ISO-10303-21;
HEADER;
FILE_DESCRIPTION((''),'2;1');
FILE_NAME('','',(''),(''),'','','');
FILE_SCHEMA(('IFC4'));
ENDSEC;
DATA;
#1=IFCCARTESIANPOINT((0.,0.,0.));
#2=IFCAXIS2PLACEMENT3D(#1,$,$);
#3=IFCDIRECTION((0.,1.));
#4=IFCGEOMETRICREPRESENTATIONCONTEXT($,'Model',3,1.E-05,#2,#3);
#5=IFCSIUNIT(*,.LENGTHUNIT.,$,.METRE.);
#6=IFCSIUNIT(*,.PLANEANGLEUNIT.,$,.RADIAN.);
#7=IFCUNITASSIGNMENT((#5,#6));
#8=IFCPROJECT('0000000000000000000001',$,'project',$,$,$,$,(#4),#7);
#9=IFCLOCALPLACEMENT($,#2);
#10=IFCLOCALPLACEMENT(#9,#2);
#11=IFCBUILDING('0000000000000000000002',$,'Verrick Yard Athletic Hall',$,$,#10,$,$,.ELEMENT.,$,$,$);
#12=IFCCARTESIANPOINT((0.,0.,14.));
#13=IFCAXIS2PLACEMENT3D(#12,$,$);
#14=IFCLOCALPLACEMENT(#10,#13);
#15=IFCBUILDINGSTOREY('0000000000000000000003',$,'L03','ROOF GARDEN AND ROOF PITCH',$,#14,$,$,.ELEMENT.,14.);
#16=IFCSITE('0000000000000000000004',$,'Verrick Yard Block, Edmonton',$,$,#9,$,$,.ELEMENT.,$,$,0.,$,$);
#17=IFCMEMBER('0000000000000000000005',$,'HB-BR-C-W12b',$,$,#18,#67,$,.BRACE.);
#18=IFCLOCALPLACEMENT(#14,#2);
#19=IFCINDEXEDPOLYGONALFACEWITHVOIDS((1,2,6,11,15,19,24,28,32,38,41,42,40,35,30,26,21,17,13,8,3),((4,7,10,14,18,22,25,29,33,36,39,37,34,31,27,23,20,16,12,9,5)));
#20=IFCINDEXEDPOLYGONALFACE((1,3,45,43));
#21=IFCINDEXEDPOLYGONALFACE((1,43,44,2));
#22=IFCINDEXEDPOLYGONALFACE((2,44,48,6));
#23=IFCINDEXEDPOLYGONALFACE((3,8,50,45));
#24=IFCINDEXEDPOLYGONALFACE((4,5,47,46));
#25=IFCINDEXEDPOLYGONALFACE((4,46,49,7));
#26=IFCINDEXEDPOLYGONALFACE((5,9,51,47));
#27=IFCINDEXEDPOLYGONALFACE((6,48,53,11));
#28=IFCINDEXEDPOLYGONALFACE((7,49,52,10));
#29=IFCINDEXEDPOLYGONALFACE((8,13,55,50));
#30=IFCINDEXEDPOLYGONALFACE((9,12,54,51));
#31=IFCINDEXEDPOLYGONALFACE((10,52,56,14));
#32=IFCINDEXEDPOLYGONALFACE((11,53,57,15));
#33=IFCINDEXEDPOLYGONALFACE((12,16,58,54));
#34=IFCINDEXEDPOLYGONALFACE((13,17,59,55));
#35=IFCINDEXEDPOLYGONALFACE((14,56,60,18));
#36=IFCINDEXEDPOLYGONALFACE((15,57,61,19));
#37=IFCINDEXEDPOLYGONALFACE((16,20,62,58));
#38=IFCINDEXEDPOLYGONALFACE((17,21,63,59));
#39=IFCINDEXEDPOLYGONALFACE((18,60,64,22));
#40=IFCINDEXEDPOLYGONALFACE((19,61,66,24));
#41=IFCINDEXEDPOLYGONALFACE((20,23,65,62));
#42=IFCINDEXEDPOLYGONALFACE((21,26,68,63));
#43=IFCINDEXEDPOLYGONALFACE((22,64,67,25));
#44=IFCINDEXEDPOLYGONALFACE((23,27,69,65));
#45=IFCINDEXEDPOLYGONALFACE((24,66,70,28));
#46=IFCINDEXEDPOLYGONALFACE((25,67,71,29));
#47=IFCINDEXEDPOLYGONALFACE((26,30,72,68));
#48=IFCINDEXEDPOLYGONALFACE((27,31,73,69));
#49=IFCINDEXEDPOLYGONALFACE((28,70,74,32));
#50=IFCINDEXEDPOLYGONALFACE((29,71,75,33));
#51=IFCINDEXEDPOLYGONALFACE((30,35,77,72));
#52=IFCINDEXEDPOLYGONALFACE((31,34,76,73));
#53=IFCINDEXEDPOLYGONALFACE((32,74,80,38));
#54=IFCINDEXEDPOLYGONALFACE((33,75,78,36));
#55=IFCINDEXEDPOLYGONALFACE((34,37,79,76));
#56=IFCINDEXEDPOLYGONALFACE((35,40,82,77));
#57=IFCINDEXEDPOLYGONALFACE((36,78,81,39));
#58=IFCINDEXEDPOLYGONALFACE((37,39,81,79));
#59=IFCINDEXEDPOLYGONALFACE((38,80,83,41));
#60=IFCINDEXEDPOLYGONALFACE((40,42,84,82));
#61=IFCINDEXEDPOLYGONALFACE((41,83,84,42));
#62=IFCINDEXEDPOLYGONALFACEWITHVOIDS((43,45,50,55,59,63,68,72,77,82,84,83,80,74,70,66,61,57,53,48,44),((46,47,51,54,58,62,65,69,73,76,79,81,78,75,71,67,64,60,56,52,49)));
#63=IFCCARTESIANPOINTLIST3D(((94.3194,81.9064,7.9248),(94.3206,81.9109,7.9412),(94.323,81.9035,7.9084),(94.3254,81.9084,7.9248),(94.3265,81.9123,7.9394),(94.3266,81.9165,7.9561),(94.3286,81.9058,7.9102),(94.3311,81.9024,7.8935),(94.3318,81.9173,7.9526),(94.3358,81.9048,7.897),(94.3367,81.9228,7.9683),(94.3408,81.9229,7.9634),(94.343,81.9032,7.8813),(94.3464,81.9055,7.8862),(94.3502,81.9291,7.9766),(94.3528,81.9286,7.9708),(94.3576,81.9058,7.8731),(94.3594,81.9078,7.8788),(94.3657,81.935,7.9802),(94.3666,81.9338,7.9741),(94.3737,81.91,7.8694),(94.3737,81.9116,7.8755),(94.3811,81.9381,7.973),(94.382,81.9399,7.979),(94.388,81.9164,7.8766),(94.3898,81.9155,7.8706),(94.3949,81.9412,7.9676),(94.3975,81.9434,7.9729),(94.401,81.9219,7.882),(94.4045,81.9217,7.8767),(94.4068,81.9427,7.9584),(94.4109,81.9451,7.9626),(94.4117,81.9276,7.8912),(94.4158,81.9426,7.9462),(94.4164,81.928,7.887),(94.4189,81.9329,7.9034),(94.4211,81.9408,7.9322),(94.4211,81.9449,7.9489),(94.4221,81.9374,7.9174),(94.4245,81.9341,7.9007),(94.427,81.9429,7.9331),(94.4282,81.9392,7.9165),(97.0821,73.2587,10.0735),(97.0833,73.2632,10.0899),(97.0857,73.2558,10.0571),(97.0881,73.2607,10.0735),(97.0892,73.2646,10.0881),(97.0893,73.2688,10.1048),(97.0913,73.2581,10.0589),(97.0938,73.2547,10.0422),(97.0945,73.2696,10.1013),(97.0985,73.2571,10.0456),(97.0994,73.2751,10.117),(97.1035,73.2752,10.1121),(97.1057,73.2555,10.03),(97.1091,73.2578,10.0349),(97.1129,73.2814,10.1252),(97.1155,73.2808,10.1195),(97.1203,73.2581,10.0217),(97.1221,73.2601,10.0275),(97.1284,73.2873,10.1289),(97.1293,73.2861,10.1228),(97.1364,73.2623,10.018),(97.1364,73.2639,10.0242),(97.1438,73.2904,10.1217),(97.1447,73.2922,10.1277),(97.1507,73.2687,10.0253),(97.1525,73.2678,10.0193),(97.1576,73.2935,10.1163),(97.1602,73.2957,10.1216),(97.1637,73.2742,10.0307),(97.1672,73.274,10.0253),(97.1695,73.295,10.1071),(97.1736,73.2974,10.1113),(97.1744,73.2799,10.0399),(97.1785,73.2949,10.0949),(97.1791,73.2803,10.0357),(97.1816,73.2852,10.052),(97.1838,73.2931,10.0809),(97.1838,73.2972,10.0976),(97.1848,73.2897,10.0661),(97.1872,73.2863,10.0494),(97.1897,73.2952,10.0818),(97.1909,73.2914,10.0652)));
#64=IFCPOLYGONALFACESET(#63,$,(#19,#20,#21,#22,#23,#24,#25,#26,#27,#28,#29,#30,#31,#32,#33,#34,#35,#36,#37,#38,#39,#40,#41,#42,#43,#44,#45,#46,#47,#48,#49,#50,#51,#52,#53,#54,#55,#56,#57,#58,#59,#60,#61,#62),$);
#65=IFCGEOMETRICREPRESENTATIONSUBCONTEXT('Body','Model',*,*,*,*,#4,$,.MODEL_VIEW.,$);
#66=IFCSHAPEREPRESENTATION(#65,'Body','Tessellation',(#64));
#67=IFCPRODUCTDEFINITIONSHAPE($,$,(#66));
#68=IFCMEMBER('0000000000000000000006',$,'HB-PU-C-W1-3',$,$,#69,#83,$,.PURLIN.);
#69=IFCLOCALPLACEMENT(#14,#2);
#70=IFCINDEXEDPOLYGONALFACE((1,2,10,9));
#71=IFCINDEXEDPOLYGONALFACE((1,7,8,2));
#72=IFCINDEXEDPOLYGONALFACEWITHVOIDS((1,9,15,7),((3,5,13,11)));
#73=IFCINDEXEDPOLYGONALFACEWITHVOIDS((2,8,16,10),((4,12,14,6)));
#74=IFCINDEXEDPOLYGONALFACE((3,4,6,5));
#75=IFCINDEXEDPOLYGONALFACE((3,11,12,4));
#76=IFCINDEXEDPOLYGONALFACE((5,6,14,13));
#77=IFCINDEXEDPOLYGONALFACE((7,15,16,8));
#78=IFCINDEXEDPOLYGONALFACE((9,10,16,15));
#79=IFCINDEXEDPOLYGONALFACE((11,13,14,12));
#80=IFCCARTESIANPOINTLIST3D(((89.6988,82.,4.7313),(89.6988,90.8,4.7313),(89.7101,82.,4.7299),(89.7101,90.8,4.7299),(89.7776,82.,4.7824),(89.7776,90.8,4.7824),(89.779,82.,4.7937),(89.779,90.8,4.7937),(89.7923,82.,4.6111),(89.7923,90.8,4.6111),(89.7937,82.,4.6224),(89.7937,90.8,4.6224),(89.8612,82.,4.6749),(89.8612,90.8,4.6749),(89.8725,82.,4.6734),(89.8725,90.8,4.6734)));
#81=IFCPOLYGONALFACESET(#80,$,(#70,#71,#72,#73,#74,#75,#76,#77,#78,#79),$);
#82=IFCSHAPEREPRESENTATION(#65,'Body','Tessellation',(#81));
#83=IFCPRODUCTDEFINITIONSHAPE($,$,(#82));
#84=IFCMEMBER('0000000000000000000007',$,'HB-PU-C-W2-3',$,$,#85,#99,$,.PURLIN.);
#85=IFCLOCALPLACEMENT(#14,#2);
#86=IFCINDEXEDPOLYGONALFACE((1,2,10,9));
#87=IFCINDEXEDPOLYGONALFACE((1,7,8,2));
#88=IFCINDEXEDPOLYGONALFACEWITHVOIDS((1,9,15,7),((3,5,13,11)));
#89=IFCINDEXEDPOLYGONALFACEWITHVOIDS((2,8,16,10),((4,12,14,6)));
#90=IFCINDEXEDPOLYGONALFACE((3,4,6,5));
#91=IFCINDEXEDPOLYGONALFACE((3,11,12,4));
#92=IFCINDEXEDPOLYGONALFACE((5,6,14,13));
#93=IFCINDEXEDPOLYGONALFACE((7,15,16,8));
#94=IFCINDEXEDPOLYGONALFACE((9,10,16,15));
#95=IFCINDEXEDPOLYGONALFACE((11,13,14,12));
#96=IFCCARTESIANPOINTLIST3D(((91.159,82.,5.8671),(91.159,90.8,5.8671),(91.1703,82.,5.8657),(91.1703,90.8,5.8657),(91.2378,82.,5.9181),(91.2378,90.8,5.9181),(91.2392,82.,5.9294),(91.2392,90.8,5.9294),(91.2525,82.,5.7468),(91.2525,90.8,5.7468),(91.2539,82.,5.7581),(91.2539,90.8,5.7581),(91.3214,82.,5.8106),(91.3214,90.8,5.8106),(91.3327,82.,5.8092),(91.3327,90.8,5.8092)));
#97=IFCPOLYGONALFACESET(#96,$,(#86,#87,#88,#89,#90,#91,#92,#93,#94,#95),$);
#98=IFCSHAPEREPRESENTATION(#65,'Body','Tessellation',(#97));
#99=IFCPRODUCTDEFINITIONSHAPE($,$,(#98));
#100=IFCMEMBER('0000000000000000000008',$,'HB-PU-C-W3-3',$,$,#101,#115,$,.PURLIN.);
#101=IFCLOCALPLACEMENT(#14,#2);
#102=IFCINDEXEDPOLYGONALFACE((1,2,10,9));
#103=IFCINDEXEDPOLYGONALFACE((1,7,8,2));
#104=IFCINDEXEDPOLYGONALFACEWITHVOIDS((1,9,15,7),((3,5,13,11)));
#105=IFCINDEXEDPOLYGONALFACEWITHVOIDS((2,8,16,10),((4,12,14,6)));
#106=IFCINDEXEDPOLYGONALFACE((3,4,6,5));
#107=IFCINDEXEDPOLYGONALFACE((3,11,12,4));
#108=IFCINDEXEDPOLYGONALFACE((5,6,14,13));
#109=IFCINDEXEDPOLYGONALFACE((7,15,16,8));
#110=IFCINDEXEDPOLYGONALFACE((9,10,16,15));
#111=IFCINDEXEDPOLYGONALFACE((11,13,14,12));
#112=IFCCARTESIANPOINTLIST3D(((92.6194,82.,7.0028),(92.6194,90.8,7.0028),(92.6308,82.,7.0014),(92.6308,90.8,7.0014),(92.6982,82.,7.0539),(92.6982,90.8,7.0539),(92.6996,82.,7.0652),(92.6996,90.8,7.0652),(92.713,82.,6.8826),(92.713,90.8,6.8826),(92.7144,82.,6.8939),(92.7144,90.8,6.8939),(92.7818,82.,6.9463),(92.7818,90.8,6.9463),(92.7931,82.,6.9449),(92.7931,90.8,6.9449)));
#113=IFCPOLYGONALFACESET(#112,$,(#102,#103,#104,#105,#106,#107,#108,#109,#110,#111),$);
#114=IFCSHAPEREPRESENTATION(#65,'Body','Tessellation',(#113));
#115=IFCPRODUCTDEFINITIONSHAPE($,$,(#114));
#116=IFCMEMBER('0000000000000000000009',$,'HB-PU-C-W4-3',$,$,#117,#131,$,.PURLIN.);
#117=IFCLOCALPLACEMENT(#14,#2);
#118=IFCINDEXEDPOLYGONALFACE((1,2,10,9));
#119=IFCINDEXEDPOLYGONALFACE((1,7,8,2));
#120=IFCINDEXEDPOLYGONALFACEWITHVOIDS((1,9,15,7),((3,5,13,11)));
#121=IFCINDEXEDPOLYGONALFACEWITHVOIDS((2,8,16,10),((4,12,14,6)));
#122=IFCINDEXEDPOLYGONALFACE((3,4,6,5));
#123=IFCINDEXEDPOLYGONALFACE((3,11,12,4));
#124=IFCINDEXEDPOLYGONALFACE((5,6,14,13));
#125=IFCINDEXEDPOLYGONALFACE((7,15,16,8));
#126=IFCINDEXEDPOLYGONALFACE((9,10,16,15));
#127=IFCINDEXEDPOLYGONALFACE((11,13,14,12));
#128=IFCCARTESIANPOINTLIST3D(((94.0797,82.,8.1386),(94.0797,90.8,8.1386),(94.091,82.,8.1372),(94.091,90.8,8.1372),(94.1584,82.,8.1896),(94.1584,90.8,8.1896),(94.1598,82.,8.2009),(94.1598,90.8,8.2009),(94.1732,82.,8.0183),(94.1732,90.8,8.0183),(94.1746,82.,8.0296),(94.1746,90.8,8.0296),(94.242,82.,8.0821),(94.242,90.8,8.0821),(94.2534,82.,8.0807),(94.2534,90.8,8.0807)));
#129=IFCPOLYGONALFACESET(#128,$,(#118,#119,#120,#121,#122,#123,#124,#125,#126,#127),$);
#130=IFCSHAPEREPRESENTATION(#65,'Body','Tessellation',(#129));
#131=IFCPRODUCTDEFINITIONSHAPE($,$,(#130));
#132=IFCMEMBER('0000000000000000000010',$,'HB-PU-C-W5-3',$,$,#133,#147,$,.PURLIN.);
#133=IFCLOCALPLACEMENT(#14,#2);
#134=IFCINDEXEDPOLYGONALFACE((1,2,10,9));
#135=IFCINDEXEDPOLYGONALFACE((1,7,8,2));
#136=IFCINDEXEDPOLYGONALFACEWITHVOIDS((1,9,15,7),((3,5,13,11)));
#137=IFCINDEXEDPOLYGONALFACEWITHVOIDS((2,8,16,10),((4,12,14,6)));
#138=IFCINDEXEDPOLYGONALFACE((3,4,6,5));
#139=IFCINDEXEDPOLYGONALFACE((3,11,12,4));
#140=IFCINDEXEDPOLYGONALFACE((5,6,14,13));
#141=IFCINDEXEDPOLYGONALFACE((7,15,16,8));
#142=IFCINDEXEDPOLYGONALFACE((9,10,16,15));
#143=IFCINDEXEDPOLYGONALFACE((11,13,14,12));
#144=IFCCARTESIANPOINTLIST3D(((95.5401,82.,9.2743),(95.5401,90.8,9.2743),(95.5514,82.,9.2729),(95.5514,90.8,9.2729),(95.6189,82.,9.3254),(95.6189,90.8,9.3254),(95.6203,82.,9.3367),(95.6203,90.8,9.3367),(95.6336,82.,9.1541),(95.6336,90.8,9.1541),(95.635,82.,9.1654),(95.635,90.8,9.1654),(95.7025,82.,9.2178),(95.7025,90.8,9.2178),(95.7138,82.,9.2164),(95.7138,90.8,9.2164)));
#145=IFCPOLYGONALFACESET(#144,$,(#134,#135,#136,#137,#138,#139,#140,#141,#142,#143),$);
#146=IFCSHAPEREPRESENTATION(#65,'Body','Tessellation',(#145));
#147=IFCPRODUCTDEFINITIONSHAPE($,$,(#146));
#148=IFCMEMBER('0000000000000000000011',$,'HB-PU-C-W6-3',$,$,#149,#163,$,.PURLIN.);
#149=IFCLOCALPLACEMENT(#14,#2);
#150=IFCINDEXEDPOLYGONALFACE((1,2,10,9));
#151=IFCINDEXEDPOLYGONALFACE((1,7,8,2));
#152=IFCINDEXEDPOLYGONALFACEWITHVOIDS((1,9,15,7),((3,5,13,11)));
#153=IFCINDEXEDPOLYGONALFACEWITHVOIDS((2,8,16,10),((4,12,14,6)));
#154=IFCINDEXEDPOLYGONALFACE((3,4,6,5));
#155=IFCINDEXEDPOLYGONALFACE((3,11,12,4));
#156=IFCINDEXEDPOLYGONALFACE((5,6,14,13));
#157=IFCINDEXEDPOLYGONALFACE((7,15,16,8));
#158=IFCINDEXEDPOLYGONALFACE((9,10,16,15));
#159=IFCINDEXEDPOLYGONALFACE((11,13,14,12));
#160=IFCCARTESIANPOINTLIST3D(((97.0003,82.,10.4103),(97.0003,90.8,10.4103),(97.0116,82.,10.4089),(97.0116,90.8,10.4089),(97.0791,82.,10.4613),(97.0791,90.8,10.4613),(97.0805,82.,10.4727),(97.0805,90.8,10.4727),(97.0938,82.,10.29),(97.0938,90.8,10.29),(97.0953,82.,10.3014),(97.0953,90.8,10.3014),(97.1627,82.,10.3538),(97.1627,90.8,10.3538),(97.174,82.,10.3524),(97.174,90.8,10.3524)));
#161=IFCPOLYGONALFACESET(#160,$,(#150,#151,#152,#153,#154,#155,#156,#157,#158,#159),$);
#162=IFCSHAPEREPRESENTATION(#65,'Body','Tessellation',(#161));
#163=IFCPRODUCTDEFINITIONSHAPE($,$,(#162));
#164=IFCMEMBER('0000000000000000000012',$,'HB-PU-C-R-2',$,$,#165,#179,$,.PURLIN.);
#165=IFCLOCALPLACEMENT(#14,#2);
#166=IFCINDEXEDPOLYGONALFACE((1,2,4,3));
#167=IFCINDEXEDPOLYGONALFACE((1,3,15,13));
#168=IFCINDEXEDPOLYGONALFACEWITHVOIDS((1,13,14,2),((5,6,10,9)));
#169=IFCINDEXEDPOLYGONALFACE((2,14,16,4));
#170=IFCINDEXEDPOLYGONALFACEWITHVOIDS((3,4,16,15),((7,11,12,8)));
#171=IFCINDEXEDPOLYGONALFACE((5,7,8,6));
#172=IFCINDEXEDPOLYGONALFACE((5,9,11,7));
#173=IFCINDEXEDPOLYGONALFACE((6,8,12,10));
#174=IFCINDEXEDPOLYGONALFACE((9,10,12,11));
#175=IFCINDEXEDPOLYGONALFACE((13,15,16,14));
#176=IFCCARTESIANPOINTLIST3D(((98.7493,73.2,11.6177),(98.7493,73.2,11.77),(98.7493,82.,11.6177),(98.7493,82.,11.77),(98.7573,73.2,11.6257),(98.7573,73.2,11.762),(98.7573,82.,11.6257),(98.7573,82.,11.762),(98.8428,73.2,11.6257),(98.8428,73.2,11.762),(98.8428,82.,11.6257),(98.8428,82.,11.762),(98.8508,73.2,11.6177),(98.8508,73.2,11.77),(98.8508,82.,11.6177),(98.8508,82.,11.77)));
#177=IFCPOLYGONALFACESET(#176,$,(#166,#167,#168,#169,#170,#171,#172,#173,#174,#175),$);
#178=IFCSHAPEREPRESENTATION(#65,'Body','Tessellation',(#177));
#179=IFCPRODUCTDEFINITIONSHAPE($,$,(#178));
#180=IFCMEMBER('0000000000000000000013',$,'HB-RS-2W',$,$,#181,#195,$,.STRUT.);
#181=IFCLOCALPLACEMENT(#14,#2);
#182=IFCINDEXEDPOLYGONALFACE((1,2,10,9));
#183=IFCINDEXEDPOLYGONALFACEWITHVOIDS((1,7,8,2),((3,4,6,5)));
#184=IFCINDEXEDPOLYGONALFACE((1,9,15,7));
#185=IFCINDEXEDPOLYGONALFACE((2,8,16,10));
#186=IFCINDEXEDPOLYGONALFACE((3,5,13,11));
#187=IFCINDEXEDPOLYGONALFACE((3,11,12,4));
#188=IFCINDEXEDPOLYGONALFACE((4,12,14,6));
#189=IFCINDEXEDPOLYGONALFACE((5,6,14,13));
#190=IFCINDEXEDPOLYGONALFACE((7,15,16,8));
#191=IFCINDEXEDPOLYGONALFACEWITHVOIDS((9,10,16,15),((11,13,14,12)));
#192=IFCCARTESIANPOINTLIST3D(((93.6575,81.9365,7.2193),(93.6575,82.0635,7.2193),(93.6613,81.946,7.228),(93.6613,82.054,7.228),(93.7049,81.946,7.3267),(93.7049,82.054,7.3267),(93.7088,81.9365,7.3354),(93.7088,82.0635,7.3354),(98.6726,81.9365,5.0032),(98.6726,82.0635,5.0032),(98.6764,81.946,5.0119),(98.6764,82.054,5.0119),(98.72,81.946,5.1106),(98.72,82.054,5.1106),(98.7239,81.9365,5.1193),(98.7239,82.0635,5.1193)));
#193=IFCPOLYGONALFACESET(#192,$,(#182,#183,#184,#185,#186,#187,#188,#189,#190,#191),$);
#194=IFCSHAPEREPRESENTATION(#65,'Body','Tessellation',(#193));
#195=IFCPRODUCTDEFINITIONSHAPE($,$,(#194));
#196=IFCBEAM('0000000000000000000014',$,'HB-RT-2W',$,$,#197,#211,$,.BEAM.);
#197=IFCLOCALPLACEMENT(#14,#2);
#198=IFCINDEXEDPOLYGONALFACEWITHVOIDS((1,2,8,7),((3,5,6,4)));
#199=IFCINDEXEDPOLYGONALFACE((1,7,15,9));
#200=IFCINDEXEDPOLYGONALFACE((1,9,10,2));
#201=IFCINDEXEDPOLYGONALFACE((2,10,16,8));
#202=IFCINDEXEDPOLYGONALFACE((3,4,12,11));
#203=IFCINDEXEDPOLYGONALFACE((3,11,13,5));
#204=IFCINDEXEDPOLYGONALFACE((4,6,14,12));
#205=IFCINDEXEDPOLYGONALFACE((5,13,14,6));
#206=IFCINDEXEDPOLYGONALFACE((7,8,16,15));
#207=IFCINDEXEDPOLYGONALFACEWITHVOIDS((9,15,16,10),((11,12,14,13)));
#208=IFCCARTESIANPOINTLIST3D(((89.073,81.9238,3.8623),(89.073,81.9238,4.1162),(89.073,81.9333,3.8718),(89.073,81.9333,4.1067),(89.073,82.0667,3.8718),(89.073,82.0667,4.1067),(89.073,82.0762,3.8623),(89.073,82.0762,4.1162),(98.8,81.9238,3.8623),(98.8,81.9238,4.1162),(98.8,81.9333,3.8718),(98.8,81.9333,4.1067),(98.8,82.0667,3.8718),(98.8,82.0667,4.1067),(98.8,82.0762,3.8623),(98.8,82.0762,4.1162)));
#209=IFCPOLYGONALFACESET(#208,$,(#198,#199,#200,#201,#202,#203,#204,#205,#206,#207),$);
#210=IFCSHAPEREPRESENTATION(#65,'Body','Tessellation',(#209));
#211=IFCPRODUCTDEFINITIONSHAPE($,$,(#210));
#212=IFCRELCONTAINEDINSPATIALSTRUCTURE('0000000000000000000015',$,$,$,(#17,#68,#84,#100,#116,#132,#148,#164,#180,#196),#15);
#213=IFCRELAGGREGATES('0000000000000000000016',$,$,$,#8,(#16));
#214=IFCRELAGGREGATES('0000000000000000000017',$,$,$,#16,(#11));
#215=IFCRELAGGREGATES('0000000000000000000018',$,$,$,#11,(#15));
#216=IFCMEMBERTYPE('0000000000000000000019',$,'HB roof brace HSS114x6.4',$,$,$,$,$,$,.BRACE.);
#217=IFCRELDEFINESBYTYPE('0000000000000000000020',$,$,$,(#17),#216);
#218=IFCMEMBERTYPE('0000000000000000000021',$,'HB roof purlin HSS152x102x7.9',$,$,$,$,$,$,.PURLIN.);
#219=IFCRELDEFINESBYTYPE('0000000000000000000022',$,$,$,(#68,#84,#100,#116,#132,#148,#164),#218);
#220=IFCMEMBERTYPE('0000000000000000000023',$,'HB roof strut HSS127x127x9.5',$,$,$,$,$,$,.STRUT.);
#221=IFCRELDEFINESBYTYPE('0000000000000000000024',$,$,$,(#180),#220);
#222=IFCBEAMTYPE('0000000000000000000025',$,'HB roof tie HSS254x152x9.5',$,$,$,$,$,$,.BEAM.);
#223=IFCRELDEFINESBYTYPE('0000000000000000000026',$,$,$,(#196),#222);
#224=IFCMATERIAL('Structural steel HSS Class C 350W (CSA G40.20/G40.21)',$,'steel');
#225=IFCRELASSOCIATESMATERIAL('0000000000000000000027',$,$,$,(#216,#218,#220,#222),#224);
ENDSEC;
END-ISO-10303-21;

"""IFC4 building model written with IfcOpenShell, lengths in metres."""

from ifc_helpers import new_model, si_unit, direction, frame, origin, origin_2d, place, context, subcontext, project, spatial, hollow_rectangle, hollow_circle, extrude, material, material_profile, profile_set, type_object, element, save


model = new_model("IFC4")

# Units and contexts
model_context = context("Model", 3, precision=1e-05, world=origin(), true_north=direction((0.0, 1.0)))
body_context = subcontext(model_context, "Body", "Model", "MODEL_VIEW")
ifc_project = project(units=[si_unit("LENGTHUNIT", "METRE"), si_unit("PLANEANGLEUNIT", "RADIAN")], contexts=[model_context])

# Site, building, storey
site_placement = place(None, origin())
site = spatial("IfcSite", under=ifc_project, at=site_placement, Name="Verrick Yard Block, Edmonton", CompositionType="ELEMENT", RefElevation=0.0)
building_placement = place(site_placement, origin())
building = spatial("IfcBuilding", under=site, at=building_placement, Name="Verrick Yard Athletic Hall", CompositionType="ELEMENT")
storey_placement = place(building_placement, frame((0.0, 0.0, 14.0)))
storey = spatial("IfcBuildingStorey", under=building, at=storey_placement, Name="L03", Description="ROOF GARDEN AND ROOF PITCH", CompositionType="ELEMENT", Elevation=14.0)

# Shared definitions
ifc_material_1 = material(Name="Structural steel HSS Class C 350W (CSA G40.20/G40.21)", Category="steel")

# Members
ifc_material_profile_1 = material_profile(ifc_material_1, hollow_circle(Radius=0.0571, WallThickness=0.0063, at=origin_2d()), Name="HSS114x6.4")
ifc_profile_set_1 = profile_set([ifc_material_profile_1], Name="Structural steel HSS Class C 350W (CSA G40.20/G40.21)")
member_type_1 = type_object("IfcMemberType", Name="HB roof brace HSS114x6.4", PredefinedType="BRACE", material=ifc_profile_set_1)
for number, where, z_axis, x_axis, name in (
    (1, (97.1365, 73.2761, 10.0735), (-0.296137, 0.92696, -0.23032), (-0.95257, -0.304319, 0.0), "HB-BR-C-W12b"),
):
    element("IfcMember", number, at=place(storey_placement, frame(where, z_axis=z_axis, x_axis=x_axis)), inside=storey, type_object=member_type_1, Name=name, PredefinedType="BRACE", context=body_context, shape_type="SweptSolid", body=[
        extrude(hollow_circle(Radius=0.0571, WallThickness=0.0063, at=origin_2d()), origin(), (0.0, 0.0, 1.0), 9.3291),
    ])
ifc_material_profile_2 = material_profile(ifc_material_1, hollow_rectangle(XDim=0.1016, YDim=0.1523, WallThickness=0.0081, at=origin_2d()), Name="HSS152x102x7.9")
ifc_profile_set_2 = profile_set([ifc_material_profile_2], Name="Structural steel HSS Class C 350W (CSA G40.20/G40.21)")
member_type_2 = type_object("IfcMemberType", Name="HB roof purlin HSS152x102x7.9", PredefinedType="PURLIN", material=ifc_profile_set_2)
for number, where, z_axis, x_axis, name in (
    (2, (89.7856, 82.0, 4.7024), (0.0, 1.0, 0.0), (-0.789352, 0.0, -0.613941), "HB-PU-C-W1-3"),
    (3, (91.2458, 82.0, 5.8381), (0.0, 1.0, 0.0), (-0.789352, 0.0, -0.613941), "HB-PU-C-W2-3"),
    (4, (92.7063, 82.0, 6.9739), (0.0, 1.0, 0.0), (-0.789352, 0.0, -0.613941), "HB-PU-C-W3-3"),
    (5, (94.1665, 82.0, 8.1096), (0.0, 1.0, 0.0), (-0.789352, 0.0, -0.613941), "HB-PU-C-W4-3"),
    (6, (95.627, 82.0, 9.2454), (0.0, 1.0, 0.0), (-0.789352, 0.0, -0.613941), "HB-PU-C-W5-3"),
    (7, (97.0872, 82.0, 10.3813), (0.0, 1.0, 0.0), (-0.789352, 0.0, -0.613941), "HB-PU-C-W6-3"),
    (8, (98.8, 73.2, 11.6938), (0.0, 1.0, 0.0), (-1.0, 0.0, 0.0), "HB-PU-C-R-2"),
):
    element("IfcMember", number, at=place(storey_placement, frame(where, z_axis=z_axis, x_axis=x_axis)), inside=storey, type_object=member_type_2, Name=name, PredefinedType="PURLIN", context=body_context, shape_type="SweptSolid", body=[
        extrude(hollow_rectangle(XDim=0.1016, YDim=0.1523, WallThickness=0.0081, at=origin_2d()), origin(), (0.0, 0.0, 1.0), 8.8),
    ])
ifc_material_profile_3 = material_profile(ifc_material_1, hollow_rectangle(XDim=0.127, YDim=0.127, WallThickness=0.0095, at=origin_2d()), Name="HSS127x127x9.5")
ifc_profile_set_3 = profile_set([ifc_material_profile_3], Name="Structural steel HSS Class C 350W (CSA G40.20/G40.21)")
member_type_3 = type_object("IfcMemberType", Name="HB roof strut HSS127x127x9.5", PredefinedType="STRUT", material=ifc_profile_set_3)
member_1_placement = place(storey_placement, frame((98.6982, 82.0, 5.0613), z_axis=(-0.914682, 0.0, 0.404175), x_axis=(0.0, -1.0, 0.0)))
element("IfcMember", 9, at=member_1_placement, inside=storey, type_object=member_type_3, Name="HB-RS-2W", PredefinedType="STRUT", context=body_context, shape_type="SweptSolid", body=[
    extrude(hollow_rectangle(XDim=0.127, YDim=0.127, WallThickness=0.0095, at=origin_2d()), origin(), (0.0, 0.0, 1.0), 5.4829),
])

# Beam
ifc_material_profile_4 = material_profile(ifc_material_1, hollow_rectangle(XDim=0.1523, YDim=0.2539, WallThickness=0.0095, at=origin_2d()), Name="HSS254x152x9.5")
ifc_profile_set_4 = profile_set([ifc_material_profile_4], Name="Structural steel HSS Class C 350W (CSA G40.20/G40.21)")
beam_type_1 = type_object("IfcBeamType", Name="HB roof tie HSS254x152x9.5", PredefinedType="BEAM", material=ifc_profile_set_4)
beam_1_placement = place(storey_placement, frame((89.073, 82.0, 3.9893), z_axis=(1.0, 0.0, 0.0), x_axis=(0.0, 1.0, 0.0)))
element("IfcBeam", 10, at=beam_1_placement, inside=storey, type_object=beam_type_1, Name="HB-RT-2W", PredefinedType="BEAM", context=body_context, shape_type="SweptSolid", body=[
    extrude(hollow_rectangle(XDim=0.1523, YDim=0.2539, WallThickness=0.0095, at=origin_2d()), origin(), (0.0, 0.0, 1.0), 9.7271),
])

save(model, "model.ifc")
